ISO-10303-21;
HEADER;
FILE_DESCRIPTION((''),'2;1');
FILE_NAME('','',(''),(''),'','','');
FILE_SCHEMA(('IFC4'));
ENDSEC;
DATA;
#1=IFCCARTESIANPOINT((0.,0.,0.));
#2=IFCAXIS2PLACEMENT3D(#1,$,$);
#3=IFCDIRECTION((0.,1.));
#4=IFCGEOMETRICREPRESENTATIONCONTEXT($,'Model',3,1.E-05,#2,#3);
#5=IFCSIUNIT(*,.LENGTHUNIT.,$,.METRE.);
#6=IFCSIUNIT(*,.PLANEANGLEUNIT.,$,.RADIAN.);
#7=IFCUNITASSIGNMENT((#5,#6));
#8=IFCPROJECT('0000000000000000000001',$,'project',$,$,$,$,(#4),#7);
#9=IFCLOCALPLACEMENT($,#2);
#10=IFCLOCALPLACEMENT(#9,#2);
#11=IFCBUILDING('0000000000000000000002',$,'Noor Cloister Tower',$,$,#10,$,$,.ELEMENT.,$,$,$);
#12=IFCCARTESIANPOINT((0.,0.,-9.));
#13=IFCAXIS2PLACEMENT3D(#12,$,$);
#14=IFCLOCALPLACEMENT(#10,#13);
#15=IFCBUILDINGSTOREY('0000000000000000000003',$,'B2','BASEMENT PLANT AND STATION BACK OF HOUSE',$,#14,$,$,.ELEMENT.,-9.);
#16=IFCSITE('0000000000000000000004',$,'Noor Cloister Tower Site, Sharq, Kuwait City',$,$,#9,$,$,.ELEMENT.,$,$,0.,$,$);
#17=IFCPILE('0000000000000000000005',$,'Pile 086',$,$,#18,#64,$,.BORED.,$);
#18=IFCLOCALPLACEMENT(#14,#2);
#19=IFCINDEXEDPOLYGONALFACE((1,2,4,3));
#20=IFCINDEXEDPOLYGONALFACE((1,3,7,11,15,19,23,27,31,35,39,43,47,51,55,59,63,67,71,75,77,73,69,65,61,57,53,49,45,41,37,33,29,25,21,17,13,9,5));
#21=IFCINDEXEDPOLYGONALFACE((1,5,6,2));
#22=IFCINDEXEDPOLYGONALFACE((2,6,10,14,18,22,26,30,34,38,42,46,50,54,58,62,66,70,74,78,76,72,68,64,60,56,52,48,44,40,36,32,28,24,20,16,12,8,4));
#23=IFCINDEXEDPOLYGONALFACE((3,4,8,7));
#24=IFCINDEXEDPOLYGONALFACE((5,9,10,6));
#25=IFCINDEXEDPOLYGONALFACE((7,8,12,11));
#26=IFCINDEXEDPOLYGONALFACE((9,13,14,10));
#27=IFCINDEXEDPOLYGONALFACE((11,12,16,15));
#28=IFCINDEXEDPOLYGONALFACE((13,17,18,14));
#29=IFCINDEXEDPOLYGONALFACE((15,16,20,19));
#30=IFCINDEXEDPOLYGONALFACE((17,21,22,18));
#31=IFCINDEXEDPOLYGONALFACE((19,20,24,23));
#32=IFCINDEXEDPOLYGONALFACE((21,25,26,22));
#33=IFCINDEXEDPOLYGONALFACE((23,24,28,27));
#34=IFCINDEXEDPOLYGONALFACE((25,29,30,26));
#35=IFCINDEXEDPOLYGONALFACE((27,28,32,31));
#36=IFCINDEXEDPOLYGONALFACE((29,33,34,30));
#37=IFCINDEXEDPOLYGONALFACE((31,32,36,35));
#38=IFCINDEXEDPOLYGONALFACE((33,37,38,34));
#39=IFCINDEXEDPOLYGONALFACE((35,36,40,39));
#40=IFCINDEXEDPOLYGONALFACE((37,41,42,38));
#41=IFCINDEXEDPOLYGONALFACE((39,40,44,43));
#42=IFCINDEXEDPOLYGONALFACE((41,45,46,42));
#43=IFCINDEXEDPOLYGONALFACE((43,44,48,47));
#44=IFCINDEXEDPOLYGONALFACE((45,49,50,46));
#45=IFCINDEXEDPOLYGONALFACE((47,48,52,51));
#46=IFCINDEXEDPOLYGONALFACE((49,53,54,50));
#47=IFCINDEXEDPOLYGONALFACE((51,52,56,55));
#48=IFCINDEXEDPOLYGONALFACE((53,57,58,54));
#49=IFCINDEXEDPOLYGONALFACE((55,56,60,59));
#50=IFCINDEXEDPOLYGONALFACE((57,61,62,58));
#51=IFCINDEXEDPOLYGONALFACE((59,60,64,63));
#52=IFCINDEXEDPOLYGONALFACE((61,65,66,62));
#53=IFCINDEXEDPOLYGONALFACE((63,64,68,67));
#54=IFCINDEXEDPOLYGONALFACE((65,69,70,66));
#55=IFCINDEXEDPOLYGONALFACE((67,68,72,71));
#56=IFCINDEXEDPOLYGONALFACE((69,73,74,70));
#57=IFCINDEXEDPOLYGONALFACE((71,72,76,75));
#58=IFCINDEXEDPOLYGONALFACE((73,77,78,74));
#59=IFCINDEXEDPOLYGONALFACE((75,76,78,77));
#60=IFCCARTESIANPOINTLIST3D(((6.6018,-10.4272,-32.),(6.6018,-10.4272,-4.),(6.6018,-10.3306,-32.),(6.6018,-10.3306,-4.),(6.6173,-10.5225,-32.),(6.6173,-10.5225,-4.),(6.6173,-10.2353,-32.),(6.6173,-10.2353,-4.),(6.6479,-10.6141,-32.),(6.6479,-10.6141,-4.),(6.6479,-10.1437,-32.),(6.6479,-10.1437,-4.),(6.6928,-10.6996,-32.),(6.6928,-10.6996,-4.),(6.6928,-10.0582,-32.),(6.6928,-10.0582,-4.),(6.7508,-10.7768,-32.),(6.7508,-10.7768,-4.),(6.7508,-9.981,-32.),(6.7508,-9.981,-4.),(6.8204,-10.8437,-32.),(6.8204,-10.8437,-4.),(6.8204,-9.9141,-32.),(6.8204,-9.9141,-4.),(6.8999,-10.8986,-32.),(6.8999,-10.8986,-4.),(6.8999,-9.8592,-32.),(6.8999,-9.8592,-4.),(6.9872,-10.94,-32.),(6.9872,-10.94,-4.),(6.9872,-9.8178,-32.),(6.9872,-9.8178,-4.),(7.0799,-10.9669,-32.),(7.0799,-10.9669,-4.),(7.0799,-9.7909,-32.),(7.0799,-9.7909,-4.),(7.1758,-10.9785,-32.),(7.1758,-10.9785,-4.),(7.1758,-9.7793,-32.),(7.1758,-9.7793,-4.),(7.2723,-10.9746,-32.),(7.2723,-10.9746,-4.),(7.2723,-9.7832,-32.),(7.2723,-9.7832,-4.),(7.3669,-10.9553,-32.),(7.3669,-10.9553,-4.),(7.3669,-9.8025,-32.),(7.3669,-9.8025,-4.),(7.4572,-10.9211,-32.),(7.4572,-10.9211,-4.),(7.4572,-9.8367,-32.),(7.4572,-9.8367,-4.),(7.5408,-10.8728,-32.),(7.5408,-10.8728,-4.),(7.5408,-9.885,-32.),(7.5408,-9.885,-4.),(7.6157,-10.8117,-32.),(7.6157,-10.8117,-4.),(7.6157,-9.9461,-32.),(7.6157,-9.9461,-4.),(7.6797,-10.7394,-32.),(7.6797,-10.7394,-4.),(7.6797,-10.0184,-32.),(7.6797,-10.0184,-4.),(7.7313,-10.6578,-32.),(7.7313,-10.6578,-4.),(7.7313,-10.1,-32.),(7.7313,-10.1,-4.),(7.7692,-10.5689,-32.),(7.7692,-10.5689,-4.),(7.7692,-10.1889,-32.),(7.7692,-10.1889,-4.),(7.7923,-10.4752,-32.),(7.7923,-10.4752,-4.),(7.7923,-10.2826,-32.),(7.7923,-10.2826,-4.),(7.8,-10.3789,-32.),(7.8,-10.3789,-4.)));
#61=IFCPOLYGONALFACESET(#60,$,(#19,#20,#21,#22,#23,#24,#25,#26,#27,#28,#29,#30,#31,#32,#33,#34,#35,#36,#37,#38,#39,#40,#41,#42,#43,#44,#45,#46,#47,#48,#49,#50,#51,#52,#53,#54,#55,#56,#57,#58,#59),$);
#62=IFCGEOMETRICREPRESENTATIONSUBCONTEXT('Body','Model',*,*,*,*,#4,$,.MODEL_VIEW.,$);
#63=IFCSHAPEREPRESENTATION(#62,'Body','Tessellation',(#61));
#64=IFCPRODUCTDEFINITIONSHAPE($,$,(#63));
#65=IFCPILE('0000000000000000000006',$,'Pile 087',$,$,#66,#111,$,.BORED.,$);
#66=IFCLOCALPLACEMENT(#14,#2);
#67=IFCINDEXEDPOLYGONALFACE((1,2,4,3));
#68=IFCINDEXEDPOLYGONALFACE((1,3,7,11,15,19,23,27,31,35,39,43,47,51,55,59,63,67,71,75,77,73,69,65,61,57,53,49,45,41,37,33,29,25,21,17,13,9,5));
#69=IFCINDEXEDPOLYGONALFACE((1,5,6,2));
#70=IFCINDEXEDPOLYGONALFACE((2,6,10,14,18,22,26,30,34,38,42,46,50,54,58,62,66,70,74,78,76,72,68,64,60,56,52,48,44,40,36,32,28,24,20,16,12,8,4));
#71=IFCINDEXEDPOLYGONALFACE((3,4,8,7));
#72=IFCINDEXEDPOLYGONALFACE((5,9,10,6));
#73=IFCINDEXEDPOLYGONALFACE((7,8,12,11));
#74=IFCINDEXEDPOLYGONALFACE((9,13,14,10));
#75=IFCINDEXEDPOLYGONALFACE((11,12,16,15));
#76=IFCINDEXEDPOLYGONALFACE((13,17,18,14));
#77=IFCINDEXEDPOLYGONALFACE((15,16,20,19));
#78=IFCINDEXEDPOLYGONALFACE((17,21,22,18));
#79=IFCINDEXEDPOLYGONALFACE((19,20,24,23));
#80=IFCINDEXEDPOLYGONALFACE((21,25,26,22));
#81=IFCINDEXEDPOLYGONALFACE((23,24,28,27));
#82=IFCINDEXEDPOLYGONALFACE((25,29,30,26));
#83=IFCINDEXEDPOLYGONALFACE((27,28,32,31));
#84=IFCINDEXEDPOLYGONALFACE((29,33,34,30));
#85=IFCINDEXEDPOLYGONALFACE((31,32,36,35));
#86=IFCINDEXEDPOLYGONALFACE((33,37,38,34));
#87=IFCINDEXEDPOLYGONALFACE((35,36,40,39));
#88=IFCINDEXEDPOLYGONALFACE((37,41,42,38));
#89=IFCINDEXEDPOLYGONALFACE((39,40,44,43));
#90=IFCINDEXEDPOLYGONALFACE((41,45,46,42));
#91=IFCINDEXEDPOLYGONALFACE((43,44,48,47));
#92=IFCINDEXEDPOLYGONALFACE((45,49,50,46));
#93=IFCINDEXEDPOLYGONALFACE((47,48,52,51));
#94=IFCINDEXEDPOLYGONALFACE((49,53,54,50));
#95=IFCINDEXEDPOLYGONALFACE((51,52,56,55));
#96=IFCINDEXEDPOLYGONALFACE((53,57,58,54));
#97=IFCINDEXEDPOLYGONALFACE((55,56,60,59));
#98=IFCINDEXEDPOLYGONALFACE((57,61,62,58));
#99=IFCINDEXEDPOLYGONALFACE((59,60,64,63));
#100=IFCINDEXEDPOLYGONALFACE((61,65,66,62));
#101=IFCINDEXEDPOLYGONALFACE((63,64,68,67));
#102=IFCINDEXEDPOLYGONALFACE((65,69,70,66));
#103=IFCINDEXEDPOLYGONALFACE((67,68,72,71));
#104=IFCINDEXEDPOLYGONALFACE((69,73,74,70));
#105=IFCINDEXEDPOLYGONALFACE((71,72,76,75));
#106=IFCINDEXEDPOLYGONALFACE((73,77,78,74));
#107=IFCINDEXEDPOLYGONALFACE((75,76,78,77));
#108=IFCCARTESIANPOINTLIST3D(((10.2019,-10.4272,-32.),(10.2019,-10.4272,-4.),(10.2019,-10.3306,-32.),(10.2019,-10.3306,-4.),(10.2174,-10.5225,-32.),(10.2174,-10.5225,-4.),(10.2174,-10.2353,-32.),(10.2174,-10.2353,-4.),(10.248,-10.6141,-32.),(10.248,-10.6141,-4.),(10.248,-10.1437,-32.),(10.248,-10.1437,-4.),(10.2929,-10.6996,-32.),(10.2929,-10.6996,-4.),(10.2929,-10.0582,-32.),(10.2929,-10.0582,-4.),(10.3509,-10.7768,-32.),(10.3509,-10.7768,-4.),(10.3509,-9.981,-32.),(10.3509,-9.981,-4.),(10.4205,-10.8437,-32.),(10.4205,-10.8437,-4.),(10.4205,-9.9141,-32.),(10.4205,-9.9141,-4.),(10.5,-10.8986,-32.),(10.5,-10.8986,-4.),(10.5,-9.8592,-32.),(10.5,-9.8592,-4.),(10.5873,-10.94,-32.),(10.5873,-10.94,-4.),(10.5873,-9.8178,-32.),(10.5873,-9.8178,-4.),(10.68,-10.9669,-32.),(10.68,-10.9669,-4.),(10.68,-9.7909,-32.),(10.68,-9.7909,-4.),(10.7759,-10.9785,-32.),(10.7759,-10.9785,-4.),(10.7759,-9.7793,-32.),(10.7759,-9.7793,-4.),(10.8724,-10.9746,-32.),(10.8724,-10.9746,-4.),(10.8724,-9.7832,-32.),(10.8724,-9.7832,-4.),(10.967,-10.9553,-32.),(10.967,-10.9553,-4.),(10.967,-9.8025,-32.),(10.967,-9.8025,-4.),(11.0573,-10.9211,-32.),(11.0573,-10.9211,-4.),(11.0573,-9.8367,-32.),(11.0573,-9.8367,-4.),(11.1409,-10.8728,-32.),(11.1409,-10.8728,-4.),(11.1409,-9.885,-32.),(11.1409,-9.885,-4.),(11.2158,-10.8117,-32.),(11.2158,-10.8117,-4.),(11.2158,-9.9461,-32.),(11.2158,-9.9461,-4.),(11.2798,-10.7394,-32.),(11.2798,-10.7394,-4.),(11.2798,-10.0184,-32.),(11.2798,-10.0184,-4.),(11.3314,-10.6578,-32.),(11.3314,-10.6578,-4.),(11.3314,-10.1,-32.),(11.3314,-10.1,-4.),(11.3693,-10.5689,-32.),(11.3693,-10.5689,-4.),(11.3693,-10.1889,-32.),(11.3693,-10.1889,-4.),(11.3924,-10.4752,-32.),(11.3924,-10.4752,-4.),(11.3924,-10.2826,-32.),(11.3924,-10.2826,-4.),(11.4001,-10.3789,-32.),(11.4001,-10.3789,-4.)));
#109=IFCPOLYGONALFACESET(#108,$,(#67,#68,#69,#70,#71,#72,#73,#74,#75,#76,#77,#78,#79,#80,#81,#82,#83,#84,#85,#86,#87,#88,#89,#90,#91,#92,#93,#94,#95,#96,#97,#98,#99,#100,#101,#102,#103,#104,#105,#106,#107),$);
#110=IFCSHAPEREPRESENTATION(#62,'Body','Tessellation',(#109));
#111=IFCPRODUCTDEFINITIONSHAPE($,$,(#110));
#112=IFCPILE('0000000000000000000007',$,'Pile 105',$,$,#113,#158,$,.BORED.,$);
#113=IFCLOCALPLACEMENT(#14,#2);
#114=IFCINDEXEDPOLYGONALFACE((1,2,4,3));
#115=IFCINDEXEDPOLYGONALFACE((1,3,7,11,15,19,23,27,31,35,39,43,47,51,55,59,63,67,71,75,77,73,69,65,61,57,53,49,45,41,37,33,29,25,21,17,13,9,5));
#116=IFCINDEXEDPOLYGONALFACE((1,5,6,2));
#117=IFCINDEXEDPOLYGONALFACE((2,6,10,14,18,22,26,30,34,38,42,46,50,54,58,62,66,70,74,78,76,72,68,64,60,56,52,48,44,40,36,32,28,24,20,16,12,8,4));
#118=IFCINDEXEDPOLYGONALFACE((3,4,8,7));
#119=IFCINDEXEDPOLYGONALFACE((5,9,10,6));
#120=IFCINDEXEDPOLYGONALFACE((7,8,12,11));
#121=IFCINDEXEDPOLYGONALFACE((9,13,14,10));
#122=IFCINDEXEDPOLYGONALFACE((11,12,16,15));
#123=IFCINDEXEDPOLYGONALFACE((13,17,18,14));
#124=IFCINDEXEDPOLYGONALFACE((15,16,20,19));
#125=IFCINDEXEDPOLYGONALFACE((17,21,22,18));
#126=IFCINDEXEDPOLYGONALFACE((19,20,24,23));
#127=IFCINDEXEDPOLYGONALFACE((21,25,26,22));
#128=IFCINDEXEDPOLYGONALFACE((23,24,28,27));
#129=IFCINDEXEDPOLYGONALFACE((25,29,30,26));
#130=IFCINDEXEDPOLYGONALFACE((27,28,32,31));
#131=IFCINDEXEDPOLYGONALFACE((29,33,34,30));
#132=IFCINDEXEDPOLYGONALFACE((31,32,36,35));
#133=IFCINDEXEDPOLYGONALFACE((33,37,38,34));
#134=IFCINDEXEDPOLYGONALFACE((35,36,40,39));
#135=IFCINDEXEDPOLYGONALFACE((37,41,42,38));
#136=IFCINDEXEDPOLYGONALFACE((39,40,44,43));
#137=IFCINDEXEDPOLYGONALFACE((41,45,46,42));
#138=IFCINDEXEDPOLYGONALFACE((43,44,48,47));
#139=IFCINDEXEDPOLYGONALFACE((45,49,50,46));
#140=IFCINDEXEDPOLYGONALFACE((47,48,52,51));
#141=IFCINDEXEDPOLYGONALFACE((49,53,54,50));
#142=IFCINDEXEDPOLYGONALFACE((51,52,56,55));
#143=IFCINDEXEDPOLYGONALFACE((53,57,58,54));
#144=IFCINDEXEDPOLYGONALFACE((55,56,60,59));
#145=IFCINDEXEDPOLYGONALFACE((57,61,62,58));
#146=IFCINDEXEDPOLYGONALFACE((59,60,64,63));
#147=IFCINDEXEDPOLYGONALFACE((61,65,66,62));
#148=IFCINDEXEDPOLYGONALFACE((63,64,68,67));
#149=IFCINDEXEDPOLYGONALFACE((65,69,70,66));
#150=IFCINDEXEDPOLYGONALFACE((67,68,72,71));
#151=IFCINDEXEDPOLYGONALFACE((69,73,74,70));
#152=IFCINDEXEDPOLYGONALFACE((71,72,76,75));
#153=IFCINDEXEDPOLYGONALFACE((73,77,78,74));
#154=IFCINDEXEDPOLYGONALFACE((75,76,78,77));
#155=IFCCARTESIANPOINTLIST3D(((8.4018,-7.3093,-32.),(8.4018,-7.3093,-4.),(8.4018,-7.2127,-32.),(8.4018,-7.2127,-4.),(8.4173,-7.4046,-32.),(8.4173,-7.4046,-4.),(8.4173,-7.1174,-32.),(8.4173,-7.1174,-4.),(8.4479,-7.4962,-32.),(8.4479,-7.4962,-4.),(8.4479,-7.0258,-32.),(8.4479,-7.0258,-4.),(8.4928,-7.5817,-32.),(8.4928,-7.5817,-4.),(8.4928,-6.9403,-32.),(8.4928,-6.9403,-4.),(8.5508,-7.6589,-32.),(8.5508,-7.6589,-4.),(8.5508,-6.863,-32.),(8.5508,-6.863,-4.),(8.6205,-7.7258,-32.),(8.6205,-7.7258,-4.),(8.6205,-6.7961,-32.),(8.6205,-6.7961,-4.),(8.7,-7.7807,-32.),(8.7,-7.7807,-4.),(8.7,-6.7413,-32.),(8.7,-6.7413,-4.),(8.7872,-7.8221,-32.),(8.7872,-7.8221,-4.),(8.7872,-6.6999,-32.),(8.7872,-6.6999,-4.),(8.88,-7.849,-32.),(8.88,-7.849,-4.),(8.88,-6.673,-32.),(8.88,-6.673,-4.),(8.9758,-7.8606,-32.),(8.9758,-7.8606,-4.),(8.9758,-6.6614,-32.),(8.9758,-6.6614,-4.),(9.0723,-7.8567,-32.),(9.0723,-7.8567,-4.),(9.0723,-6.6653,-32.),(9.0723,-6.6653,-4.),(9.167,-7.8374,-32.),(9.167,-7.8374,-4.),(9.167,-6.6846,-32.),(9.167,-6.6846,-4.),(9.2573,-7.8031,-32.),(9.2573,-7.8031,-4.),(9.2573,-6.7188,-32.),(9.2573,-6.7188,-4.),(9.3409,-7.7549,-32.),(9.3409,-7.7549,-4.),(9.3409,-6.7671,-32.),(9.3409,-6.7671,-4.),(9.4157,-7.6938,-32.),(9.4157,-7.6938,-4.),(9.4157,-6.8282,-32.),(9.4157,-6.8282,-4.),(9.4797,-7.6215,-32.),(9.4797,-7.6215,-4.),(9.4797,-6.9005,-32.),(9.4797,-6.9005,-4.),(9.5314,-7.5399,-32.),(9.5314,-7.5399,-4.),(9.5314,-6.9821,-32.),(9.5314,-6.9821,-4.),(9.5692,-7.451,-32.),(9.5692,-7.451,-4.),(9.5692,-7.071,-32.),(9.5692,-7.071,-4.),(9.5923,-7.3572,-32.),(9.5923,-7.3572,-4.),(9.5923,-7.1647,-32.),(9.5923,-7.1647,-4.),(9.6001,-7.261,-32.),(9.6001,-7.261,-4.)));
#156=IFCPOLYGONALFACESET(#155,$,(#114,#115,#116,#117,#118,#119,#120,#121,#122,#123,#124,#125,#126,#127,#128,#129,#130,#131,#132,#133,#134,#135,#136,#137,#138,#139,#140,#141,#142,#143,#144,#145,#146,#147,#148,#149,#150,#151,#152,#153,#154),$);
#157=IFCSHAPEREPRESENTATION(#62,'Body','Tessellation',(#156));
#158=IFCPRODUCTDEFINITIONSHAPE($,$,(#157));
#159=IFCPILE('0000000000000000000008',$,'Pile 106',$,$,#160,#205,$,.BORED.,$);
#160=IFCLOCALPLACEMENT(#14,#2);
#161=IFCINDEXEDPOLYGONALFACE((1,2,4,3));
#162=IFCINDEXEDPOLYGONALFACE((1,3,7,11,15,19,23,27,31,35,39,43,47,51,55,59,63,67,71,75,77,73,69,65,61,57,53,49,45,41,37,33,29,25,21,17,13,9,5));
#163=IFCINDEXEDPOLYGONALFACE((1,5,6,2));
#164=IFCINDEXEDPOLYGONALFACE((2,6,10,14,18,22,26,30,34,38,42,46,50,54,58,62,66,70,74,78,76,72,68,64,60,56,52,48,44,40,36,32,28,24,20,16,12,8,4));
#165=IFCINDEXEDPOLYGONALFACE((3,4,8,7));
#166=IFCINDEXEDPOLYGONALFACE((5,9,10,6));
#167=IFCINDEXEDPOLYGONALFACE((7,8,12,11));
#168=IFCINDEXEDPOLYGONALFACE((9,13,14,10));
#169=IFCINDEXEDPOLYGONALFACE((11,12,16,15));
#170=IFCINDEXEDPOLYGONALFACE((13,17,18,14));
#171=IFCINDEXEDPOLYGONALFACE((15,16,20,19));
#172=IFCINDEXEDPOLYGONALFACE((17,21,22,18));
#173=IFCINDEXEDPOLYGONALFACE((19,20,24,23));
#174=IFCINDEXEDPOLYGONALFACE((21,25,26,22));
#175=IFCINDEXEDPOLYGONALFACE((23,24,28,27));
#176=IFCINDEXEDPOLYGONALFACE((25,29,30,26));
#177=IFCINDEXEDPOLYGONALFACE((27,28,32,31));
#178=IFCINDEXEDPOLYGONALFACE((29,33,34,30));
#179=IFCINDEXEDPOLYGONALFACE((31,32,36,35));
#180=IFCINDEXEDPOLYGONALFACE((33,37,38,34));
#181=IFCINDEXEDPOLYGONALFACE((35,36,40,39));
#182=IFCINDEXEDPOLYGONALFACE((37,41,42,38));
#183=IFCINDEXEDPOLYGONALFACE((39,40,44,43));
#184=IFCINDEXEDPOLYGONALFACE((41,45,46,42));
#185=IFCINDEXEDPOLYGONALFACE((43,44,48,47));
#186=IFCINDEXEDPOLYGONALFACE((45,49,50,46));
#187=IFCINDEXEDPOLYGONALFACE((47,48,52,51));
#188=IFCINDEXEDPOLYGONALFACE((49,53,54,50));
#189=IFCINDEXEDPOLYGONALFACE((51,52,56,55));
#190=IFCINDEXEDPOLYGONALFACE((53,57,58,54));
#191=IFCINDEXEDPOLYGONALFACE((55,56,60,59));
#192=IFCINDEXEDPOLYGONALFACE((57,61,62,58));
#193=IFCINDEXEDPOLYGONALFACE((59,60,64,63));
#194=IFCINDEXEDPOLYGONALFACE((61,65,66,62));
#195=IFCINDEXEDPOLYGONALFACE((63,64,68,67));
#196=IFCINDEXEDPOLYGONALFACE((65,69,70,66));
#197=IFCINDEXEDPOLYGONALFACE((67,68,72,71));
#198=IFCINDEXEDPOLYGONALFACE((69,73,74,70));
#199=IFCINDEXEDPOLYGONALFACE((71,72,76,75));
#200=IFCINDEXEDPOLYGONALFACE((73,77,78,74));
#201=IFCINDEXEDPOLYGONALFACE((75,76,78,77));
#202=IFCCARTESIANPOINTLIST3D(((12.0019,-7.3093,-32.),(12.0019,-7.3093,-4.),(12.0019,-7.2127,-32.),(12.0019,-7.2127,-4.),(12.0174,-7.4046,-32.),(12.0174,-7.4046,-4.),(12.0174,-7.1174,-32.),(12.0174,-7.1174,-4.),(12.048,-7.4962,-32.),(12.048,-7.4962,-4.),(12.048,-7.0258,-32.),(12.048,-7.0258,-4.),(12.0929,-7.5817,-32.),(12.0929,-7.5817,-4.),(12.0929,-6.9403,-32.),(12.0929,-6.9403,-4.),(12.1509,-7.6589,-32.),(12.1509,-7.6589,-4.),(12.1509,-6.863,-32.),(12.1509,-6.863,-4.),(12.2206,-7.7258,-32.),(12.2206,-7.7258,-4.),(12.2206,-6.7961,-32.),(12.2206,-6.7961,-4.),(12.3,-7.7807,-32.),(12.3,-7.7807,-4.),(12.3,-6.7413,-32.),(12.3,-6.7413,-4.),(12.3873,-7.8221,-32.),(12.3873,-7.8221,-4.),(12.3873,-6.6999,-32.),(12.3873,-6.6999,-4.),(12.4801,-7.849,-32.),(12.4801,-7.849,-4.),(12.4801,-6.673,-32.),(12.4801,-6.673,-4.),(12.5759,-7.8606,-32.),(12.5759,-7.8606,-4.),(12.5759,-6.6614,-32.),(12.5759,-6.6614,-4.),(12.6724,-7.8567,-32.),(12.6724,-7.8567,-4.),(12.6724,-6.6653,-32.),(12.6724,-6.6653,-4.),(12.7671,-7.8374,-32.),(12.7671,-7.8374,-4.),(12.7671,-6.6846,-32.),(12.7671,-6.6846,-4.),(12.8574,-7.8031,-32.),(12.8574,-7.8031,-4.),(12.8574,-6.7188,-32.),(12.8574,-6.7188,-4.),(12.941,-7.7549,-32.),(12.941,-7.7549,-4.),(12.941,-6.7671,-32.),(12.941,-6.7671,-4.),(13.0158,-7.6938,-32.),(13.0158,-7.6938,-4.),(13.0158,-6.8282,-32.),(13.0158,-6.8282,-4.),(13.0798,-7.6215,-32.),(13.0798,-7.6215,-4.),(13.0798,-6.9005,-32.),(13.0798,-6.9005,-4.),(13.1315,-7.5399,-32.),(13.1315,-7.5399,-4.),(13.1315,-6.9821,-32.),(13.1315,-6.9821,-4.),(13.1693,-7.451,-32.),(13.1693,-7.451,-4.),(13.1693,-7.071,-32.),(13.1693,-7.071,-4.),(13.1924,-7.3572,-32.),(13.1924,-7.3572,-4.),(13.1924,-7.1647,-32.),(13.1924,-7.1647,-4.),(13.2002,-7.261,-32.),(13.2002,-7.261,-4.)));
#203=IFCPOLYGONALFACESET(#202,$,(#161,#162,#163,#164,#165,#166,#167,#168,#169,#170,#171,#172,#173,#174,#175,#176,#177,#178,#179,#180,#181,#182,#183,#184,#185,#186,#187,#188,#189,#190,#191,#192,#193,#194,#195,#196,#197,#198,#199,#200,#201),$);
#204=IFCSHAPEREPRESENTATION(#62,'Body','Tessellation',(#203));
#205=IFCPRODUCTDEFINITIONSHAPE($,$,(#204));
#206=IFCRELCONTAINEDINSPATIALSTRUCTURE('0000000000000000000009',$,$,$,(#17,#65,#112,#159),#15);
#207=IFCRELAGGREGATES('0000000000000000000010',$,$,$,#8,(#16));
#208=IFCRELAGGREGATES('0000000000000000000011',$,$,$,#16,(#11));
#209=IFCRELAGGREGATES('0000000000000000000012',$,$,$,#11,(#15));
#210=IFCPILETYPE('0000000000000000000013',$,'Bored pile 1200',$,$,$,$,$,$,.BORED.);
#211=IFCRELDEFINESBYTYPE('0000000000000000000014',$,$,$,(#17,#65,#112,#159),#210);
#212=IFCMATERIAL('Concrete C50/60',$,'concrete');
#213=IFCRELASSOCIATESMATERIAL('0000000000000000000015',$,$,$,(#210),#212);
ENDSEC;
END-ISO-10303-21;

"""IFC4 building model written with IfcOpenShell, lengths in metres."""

from ifc_helpers import new_model, si_unit, direction, frame, origin, origin_2d, place, context, subcontext, project, spatial, circle, extrude, material, material_profile, profile_set, type_object, element, save


model = new_model("IFC4")

# Units and contexts
model_context = context("Model", 3, precision=1e-05, world=origin(), true_north=direction((0.0, 1.0)))
body_context = subcontext(model_context, "Body", "Model", "MODEL_VIEW")
ifc_project = project(units=[si_unit("LENGTHUNIT", "METRE"), si_unit("PLANEANGLEUNIT", "RADIAN")], contexts=[model_context])

# Site, building, storey
site_placement = place(None, origin())
site = spatial("IfcSite", under=ifc_project, at=site_placement, Name="Noor Cloister Tower Site, Sharq, Kuwait City", CompositionType="ELEMENT", RefElevation=0.0)
building_placement = place(site_placement, origin())
building = spatial("IfcBuilding", under=site, at=building_placement, Name="Noor Cloister Tower", CompositionType="ELEMENT")
storey_placement = place(building_placement, frame((0.0, 0.0, -9.0)))
storey = spatial("IfcBuildingStorey", under=building, at=storey_placement, Name="B2", Description="BASEMENT PLANT AND STATION BACK OF HOUSE", CompositionType="ELEMENT", Elevation=-9.0)

# Piles
ifc_material_1 = material(Name="Concrete C50/60", Category="concrete")
ifc_material_profile = material_profile(ifc_material_1, circle(Radius=0.6001, at=origin_2d()), Name="Bored pile 1200")
ifc_profile_set = profile_set([ifc_material_profile], Name="Concrete C50/60")
pile_type = type_object("IfcPileType", Name="Bored pile 1200", PredefinedType="BORED", material=ifc_profile_set)
for number, where, z_axis, x_axis, name in (
    (1, (7.2, -10.3789, -4.0), (0.0, 0.0, -1.0), (1.0, 0.0, 0.0), "Pile 086"),
    (2, (10.8, -10.3789, -4.0), (0.0, 0.0, -1.0), (1.0, 0.0, 0.0), "Pile 087"),
    (3, (9.0, -7.261, -4.0), (0.0, 0.0, -1.0), (1.0, 0.0, 0.0), "Pile 105"),
    (4, (12.6001, -7.261, -4.0), (0.0, 0.0, -1.0), (1.0, 0.0, 0.0), "Pile 106"),
):
    element("IfcPile", number, at=place(storey_placement, frame(where, z_axis=z_axis, x_axis=x_axis)), inside=storey, type_object=pile_type, Name=name, PredefinedType="BORED", context=body_context, shape_type="SweptSolid", body=[
        extrude(circle(Radius=0.6001, at=origin_2d()), origin(), (0.0, 0.0, 1.0), 28.0),
    ])

save(model, "model.ifc")
